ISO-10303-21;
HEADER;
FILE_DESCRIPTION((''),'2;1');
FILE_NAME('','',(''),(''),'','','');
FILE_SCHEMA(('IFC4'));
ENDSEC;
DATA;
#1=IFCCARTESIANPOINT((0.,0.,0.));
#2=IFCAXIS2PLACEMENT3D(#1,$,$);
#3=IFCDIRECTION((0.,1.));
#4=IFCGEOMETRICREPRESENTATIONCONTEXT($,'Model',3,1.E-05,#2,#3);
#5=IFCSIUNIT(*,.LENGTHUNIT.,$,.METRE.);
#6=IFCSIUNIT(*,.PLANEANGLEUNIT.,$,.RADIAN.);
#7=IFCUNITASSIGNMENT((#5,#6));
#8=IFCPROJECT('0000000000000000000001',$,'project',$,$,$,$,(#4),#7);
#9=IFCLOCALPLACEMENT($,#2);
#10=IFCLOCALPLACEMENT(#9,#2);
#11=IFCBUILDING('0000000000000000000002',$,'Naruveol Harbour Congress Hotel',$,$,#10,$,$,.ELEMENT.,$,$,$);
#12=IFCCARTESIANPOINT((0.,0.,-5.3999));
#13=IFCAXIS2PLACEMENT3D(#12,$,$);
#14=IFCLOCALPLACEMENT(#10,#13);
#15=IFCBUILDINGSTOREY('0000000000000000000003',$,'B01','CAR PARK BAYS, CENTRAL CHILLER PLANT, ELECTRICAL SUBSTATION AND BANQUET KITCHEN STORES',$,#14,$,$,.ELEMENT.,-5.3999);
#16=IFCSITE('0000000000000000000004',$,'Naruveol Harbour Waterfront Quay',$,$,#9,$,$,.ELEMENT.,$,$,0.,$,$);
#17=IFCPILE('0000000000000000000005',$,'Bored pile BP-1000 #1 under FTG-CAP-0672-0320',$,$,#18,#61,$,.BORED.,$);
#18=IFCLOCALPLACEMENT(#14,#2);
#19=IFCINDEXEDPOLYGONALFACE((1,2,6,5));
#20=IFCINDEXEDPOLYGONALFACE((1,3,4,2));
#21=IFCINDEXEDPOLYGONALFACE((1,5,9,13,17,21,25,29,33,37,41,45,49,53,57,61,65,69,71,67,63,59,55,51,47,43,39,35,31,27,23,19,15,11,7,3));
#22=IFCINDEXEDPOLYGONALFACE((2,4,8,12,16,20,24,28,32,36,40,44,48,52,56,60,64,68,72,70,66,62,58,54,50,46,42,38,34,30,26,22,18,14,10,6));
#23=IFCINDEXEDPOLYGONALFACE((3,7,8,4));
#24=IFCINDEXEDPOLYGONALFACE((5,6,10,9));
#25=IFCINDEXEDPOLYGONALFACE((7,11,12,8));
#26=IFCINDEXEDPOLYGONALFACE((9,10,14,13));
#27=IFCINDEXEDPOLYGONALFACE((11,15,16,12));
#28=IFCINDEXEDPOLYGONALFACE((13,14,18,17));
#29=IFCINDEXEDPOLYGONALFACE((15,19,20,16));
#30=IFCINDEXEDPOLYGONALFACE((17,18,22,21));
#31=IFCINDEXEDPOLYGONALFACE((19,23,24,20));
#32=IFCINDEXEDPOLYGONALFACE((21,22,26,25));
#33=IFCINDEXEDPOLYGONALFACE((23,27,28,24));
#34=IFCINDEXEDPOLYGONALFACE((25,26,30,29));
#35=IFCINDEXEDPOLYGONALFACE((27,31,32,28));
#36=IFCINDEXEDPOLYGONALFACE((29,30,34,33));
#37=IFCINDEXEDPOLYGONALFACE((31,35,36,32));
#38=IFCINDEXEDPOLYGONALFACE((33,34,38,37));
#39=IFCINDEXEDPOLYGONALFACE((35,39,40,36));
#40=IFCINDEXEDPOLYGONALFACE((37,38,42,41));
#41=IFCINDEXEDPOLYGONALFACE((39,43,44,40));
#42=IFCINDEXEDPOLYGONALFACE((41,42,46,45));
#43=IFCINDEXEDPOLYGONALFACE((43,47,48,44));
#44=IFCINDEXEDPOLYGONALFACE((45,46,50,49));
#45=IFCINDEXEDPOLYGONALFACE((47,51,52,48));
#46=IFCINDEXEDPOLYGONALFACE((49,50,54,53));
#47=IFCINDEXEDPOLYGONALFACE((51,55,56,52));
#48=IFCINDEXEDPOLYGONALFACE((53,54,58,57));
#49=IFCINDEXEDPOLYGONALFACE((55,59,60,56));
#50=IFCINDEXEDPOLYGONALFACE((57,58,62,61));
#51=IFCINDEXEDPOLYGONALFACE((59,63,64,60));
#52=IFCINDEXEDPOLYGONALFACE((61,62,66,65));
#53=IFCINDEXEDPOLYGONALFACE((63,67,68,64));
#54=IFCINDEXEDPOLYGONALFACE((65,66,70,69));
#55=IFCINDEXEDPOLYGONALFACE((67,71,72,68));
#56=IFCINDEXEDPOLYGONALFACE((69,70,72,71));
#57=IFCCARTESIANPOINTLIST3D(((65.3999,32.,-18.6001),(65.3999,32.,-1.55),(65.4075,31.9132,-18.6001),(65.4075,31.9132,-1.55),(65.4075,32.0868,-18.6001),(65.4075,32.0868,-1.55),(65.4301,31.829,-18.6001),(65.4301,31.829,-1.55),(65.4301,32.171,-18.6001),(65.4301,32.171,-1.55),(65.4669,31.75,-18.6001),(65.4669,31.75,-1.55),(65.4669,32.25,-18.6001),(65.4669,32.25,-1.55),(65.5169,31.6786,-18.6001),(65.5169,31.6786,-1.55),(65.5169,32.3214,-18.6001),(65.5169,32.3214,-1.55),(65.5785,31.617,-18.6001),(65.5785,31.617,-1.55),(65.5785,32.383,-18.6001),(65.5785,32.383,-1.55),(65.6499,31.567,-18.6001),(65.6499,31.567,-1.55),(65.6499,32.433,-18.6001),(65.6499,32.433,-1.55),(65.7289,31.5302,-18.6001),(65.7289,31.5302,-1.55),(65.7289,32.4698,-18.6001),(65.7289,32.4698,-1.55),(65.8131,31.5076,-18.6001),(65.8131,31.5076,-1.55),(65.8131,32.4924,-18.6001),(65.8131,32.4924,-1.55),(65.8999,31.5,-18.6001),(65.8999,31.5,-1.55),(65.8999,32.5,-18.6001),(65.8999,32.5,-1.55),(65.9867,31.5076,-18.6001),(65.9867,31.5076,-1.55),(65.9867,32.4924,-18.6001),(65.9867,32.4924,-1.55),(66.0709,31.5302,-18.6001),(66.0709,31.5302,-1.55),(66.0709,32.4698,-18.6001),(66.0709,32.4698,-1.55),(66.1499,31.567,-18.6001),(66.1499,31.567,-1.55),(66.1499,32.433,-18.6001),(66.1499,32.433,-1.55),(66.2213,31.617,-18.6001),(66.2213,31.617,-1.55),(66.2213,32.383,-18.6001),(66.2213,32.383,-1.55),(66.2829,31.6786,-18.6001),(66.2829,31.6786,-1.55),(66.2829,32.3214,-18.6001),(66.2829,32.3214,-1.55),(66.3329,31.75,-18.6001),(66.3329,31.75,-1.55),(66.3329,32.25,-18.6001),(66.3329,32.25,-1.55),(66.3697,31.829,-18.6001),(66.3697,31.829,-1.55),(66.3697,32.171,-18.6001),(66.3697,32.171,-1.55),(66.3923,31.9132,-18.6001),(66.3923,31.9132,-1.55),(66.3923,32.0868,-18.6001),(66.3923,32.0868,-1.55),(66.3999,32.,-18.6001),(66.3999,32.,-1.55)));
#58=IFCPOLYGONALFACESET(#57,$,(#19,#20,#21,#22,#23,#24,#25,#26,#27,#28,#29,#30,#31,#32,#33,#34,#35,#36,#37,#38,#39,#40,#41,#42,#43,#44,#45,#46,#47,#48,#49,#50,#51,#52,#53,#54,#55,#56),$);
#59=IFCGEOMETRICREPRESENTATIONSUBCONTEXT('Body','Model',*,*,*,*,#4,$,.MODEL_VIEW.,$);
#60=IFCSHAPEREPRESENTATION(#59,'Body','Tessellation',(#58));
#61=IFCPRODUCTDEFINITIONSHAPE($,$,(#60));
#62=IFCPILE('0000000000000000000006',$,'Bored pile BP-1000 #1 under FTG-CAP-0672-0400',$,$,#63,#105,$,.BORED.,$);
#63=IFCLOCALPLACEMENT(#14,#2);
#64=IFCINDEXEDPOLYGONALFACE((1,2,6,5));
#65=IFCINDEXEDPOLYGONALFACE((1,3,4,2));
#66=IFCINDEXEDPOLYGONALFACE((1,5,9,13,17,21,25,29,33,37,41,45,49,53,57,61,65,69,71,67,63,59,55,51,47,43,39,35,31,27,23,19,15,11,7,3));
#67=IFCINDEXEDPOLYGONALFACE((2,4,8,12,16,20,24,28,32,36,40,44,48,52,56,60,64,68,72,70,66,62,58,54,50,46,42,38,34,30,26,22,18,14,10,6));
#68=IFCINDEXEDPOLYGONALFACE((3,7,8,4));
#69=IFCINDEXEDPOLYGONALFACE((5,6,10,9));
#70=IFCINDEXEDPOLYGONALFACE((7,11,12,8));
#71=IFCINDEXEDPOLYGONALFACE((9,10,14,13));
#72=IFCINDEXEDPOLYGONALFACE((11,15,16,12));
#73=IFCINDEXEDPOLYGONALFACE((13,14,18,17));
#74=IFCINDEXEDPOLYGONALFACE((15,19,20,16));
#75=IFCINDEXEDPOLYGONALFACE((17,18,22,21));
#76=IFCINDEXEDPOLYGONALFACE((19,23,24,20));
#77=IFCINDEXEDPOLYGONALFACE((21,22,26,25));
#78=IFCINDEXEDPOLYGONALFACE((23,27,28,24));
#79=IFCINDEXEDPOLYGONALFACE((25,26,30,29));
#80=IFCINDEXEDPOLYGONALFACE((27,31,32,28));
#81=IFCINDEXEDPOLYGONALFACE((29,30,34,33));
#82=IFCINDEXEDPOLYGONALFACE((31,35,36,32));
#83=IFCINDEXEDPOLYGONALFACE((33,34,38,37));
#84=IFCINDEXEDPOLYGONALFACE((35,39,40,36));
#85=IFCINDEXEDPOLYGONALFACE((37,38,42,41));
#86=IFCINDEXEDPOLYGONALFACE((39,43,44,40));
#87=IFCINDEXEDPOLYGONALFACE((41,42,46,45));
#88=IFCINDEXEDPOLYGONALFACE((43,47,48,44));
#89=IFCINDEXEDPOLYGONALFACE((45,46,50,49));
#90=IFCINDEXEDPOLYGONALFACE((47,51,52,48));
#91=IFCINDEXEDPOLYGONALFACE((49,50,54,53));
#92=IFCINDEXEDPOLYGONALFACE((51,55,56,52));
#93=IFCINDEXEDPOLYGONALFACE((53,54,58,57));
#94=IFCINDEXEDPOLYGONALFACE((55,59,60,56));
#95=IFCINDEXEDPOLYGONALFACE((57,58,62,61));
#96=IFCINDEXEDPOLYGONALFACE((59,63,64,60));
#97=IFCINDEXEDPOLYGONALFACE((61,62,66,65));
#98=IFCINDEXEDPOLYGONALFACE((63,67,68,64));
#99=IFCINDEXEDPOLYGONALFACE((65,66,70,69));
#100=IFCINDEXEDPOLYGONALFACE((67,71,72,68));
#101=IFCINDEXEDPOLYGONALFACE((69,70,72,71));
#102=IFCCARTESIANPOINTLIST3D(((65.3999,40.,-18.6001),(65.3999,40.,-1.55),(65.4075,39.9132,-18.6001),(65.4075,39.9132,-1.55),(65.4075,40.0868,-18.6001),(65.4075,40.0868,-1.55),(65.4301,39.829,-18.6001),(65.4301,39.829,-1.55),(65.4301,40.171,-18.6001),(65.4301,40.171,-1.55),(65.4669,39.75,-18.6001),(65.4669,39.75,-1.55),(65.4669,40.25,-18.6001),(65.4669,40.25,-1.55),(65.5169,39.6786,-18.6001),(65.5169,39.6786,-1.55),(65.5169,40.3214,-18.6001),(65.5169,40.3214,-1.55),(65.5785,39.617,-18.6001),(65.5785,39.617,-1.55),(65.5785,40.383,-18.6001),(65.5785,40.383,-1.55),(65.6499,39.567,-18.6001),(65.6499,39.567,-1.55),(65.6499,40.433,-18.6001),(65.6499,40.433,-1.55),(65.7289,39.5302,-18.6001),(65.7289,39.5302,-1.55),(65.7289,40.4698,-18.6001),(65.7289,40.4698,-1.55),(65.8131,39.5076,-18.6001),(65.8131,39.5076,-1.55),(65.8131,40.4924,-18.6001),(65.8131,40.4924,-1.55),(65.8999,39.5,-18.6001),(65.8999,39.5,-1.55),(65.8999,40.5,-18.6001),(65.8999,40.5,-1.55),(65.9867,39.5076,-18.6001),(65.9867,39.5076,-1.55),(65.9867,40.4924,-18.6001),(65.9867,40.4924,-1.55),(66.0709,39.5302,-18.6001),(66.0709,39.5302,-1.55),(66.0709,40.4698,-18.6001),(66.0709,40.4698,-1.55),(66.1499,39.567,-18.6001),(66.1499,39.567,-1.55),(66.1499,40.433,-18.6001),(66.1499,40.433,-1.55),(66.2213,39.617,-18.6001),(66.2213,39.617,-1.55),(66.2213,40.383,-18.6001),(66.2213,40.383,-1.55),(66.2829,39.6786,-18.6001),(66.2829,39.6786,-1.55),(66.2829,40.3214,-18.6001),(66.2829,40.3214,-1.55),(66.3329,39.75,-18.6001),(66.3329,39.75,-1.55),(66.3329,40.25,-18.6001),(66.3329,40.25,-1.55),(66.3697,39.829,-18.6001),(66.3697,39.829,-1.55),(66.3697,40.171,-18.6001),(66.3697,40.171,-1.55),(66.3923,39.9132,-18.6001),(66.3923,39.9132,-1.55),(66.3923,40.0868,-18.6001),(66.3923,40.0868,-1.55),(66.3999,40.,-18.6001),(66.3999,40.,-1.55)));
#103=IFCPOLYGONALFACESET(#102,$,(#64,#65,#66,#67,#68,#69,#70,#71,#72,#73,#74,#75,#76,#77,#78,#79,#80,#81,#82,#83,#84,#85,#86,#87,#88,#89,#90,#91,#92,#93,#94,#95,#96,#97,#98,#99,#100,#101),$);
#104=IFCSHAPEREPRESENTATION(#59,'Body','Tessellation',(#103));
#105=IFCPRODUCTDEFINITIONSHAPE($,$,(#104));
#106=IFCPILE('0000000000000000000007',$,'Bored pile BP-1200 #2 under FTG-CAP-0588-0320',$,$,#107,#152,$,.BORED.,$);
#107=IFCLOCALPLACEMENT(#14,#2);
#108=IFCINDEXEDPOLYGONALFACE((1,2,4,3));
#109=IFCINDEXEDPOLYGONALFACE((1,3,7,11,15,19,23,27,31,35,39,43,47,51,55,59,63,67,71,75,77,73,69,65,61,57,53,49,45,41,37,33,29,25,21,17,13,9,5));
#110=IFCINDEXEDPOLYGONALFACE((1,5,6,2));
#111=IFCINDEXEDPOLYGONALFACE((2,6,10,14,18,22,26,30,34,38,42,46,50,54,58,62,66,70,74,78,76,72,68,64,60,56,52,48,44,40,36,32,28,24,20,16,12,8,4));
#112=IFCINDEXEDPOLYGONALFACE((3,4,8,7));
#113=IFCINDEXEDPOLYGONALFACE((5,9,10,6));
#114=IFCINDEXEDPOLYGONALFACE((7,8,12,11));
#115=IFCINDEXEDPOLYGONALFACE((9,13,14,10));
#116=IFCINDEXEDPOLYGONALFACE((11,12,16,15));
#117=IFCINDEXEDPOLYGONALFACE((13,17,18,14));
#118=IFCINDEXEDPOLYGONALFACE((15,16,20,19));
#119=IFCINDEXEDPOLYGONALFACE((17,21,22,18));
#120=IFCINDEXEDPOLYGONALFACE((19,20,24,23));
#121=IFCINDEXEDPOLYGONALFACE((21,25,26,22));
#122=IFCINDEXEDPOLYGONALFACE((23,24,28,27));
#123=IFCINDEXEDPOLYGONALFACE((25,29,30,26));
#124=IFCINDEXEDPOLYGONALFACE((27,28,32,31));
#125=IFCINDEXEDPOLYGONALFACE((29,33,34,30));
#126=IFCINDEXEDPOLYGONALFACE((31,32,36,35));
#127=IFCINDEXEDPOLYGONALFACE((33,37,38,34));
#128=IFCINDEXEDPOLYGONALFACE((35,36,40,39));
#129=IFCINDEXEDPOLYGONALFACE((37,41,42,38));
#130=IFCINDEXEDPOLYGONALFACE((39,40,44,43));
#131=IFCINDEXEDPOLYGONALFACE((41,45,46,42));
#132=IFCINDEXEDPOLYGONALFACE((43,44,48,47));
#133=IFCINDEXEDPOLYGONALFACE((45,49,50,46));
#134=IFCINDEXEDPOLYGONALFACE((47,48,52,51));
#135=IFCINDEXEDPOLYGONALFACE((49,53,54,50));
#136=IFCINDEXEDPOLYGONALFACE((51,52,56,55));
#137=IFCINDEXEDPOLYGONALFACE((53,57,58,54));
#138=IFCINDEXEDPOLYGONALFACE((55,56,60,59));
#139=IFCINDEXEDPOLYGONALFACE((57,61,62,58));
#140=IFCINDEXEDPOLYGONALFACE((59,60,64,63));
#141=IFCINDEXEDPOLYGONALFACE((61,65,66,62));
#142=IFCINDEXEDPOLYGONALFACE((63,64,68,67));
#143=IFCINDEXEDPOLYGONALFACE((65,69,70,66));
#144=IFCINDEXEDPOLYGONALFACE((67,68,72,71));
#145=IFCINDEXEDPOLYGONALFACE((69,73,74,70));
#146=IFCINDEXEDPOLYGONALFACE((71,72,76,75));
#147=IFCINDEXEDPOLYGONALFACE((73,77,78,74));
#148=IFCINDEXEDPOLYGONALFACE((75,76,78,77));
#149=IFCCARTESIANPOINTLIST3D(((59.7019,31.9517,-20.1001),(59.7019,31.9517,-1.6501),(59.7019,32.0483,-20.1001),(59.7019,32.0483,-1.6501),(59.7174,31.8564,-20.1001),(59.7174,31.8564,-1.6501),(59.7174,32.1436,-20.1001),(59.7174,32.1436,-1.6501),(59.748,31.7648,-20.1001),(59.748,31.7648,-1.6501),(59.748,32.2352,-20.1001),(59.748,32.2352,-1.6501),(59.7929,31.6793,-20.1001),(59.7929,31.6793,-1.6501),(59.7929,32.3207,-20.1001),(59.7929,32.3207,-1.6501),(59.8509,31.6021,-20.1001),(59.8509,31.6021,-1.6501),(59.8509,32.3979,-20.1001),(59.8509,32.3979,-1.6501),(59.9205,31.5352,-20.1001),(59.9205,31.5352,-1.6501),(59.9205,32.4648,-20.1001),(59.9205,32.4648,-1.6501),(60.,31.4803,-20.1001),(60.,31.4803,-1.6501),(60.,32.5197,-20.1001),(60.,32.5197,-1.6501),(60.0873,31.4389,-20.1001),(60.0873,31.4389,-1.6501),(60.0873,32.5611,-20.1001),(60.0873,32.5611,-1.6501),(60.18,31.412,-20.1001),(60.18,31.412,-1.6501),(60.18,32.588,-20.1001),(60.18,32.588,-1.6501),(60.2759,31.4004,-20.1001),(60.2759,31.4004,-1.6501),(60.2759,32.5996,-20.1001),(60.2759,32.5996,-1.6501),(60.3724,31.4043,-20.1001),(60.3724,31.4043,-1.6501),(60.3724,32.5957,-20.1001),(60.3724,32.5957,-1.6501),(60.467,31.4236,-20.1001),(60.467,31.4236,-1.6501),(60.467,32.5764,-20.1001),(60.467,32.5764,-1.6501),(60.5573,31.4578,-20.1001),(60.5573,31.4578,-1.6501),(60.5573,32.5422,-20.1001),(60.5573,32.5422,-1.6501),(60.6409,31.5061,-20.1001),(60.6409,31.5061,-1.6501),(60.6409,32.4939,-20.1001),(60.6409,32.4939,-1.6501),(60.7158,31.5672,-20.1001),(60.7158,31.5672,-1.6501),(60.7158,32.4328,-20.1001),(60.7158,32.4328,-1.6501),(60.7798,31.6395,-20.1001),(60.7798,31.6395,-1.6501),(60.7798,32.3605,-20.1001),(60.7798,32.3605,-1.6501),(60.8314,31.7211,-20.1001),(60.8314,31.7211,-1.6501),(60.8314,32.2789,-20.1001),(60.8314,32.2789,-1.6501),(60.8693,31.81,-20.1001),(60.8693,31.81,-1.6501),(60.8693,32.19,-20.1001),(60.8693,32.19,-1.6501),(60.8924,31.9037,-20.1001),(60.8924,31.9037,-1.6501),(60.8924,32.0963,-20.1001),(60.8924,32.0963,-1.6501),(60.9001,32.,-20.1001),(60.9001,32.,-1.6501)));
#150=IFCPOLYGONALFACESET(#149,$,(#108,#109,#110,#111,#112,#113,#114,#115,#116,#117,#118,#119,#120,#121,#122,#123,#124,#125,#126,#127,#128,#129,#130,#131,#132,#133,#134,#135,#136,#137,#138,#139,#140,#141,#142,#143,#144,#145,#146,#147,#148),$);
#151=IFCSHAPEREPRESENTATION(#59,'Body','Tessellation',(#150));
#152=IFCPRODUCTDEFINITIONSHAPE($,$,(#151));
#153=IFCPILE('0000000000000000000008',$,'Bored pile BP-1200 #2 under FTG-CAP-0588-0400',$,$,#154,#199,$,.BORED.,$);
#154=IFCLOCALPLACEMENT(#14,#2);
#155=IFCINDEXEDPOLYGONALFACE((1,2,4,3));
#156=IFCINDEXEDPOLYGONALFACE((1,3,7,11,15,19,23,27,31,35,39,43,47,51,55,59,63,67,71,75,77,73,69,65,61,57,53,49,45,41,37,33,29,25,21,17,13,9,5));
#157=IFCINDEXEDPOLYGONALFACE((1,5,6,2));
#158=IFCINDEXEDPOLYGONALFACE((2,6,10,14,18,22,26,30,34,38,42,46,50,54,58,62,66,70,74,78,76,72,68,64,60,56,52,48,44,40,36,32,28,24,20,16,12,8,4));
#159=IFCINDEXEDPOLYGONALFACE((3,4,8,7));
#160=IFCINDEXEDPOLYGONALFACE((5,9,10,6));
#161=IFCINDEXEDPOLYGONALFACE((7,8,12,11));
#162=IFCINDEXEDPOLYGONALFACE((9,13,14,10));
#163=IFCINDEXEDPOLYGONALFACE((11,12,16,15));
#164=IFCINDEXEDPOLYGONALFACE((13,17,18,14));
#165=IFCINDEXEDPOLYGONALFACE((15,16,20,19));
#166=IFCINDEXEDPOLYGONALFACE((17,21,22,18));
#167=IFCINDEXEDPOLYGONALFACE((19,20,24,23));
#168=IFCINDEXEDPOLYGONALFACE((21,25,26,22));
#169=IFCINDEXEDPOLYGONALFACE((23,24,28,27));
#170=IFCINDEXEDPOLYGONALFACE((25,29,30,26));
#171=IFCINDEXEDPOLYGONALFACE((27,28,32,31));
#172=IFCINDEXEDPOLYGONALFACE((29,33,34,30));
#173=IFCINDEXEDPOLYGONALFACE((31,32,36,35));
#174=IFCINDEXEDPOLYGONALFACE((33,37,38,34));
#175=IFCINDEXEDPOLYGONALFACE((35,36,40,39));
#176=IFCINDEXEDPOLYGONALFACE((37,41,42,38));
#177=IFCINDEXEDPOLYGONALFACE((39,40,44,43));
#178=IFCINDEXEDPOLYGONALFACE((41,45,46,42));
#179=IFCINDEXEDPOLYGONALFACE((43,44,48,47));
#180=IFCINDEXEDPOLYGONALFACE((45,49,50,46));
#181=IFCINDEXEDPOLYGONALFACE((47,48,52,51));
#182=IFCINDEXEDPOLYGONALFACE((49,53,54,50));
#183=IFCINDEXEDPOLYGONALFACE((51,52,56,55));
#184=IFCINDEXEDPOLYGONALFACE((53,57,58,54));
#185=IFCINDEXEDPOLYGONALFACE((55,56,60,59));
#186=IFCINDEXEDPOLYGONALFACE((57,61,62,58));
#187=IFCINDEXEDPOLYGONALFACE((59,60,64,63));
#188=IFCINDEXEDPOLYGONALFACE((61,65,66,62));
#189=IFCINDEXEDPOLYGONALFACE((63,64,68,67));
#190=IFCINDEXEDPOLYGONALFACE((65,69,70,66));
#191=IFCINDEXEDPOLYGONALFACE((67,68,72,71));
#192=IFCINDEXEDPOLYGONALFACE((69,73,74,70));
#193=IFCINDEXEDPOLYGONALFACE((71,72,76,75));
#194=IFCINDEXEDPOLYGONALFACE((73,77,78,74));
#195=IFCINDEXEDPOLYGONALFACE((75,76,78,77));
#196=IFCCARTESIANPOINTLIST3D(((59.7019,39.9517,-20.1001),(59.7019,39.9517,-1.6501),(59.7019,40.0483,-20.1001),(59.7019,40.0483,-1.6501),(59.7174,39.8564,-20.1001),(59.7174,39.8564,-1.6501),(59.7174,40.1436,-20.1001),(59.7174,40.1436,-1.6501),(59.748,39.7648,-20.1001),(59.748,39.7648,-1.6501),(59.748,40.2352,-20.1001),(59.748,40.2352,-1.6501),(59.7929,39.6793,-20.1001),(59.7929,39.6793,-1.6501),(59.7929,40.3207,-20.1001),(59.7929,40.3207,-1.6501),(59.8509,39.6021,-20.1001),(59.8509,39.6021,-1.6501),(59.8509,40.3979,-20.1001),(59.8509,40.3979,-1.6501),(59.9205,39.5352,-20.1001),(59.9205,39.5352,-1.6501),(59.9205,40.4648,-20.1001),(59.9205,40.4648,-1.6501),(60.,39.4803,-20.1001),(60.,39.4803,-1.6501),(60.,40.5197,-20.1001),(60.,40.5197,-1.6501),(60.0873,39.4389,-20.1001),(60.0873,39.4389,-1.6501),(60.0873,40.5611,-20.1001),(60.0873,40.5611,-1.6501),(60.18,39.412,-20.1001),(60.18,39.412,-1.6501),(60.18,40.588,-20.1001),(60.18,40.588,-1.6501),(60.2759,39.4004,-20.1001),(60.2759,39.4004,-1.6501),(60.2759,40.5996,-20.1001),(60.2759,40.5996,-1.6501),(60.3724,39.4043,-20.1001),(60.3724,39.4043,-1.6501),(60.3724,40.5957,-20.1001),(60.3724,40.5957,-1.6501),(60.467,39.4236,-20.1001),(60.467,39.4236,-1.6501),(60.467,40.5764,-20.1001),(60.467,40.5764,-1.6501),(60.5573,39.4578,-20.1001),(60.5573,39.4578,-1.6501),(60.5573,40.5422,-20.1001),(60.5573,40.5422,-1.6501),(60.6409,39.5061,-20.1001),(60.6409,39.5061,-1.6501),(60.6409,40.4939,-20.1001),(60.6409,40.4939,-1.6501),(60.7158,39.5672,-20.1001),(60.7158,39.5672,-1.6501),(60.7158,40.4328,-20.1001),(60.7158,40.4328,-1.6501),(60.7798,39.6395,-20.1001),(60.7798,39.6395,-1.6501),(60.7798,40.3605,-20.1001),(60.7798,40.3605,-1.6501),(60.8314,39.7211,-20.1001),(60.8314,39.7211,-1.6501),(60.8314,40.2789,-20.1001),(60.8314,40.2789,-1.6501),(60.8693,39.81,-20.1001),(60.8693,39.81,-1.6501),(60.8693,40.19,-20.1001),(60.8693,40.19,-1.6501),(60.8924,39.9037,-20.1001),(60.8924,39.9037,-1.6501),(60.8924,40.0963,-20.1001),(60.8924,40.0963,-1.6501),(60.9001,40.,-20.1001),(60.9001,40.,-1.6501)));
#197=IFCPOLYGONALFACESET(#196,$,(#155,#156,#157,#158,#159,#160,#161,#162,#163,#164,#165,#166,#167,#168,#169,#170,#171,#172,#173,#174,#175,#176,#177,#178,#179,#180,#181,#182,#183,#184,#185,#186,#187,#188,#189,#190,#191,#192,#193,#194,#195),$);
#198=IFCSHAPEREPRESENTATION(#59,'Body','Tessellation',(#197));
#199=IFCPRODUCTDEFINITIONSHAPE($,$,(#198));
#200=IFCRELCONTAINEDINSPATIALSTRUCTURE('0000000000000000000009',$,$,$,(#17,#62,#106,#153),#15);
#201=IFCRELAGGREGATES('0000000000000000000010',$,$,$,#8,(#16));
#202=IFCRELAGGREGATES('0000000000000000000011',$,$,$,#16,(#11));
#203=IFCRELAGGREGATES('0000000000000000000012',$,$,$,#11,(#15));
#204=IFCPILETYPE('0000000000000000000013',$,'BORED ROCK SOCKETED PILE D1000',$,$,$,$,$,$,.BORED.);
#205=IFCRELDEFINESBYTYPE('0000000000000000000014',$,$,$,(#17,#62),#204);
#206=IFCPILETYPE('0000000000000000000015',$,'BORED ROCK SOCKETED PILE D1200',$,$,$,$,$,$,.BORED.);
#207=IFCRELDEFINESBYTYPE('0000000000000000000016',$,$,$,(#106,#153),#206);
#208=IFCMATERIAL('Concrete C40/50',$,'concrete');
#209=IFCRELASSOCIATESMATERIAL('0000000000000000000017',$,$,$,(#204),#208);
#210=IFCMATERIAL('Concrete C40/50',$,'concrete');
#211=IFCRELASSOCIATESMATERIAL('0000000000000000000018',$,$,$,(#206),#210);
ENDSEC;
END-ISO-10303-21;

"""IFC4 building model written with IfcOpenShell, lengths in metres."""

from ifc_helpers import new_model, si_unit, direction, frame, origin, origin_2d, place, context, subcontext, project, spatial, circle, extrude, material, material_profile, profile_set, type_object, element, save


model = new_model("IFC4")

# Units and contexts
model_context = context("Model", 3, precision=1e-05, world=origin(), true_north=direction((0.0, 1.0)))
body_context = subcontext(model_context, "Body", "Model", "MODEL_VIEW")
ifc_project = project(units=[si_unit("LENGTHUNIT", "METRE"), si_unit("PLANEANGLEUNIT", "RADIAN")], contexts=[model_context])

# Site, building, storey
site_placement = place(None, origin())
site = spatial("IfcSite", under=ifc_project, at=site_placement, Name="Naruveol Harbour Waterfront Quay", CompositionType="ELEMENT", RefElevation=0.0)
building_placement = place(site_placement, origin())
building = spatial("IfcBuilding", under=site, at=building_placement, Name="Naruveol Harbour Congress Hotel", CompositionType="ELEMENT")
storey_placement = place(building_placement, frame((0.0, 0.0, -5.3999)))
storey = spatial("IfcBuildingStorey", under=building, at=storey_placement, Name="B01", Description="CAR PARK BAYS, CENTRAL CHILLER PLANT, ELECTRICAL SUBSTATION AND BANQUET KITCHEN STORES", CompositionType="ELEMENT", Elevation=-5.3999)

# Piles
ifc_material_1 = material(Name="Concrete C40/50", Category="concrete")
ifc_material_profile_1 = material_profile(ifc_material_1, circle(Radius=0.5, at=origin_2d()), Name="BP-1000")
ifc_profile_set_1 = profile_set([ifc_material_profile_1], Name="Concrete C40/50")
pile_type_1 = type_object("IfcPileType", Name="BORED ROCK SOCKETED PILE D1000", PredefinedType="BORED", material=ifc_profile_set_1)
for number, where, z_axis, x_axis, name in (
    (1, (65.8999, 32.0, -1.55), (0.0, 0.0, -1.0), (1.0, 0.0, 0.0), "Bored pile BP-1000 #1 under FTG-CAP-0672-0320"),
    (2, (65.8999, 40.0, -1.55), (0.0, 0.0, -1.0), (1.0, 0.0, 0.0), "Bored pile BP-1000 #1 under FTG-CAP-0672-0400"),
):
    element("IfcPile", number, at=place(storey_placement, frame(where, z_axis=z_axis, x_axis=x_axis)), inside=storey, type_object=pile_type_1, Name=name, PredefinedType="BORED", context=body_context, shape_type="SweptSolid", body=[
        extrude(circle(Radius=0.5, at=origin_2d()), origin(), (0.0, 0.0, 1.0), 17.05),
    ])
ifc_material_2 = material(Name="Concrete C40/50", Category="concrete")
ifc_material_profile_2 = material_profile(ifc_material_2, circle(Radius=0.6001, at=origin_2d()), Name="BP-1200")
ifc_profile_set_2 = profile_set([ifc_material_profile_2], Name="Concrete C40/50")
pile_type_2 = type_object("IfcPileType", Name="BORED ROCK SOCKETED PILE D1200", PredefinedType="BORED", material=ifc_profile_set_2)
for number, where, z_axis, x_axis, name in (
    (3, (60.3, 32.0, -1.6501), (0.0, 0.0, -1.0), (1.0, 0.0, 0.0), "Bored pile BP-1200 #2 under FTG-CAP-0588-0320"),
    (4, (60.3, 40.0, -1.6501), (0.0, 0.0, -1.0), (1.0, 0.0, 0.0), "Bored pile BP-1200 #2 under FTG-CAP-0588-0400"),
):
    element("IfcPile", number, at=place(storey_placement, frame(where, z_axis=z_axis, x_axis=x_axis)), inside=storey, type_object=pile_type_2, Name=name, PredefinedType="BORED", context=body_context, shape_type="SweptSolid", body=[
        extrude(circle(Radius=0.6001, at=origin_2d()), origin(), (0.0, 0.0, 1.0), 18.45),
    ])

save(model, "model.ifc")
